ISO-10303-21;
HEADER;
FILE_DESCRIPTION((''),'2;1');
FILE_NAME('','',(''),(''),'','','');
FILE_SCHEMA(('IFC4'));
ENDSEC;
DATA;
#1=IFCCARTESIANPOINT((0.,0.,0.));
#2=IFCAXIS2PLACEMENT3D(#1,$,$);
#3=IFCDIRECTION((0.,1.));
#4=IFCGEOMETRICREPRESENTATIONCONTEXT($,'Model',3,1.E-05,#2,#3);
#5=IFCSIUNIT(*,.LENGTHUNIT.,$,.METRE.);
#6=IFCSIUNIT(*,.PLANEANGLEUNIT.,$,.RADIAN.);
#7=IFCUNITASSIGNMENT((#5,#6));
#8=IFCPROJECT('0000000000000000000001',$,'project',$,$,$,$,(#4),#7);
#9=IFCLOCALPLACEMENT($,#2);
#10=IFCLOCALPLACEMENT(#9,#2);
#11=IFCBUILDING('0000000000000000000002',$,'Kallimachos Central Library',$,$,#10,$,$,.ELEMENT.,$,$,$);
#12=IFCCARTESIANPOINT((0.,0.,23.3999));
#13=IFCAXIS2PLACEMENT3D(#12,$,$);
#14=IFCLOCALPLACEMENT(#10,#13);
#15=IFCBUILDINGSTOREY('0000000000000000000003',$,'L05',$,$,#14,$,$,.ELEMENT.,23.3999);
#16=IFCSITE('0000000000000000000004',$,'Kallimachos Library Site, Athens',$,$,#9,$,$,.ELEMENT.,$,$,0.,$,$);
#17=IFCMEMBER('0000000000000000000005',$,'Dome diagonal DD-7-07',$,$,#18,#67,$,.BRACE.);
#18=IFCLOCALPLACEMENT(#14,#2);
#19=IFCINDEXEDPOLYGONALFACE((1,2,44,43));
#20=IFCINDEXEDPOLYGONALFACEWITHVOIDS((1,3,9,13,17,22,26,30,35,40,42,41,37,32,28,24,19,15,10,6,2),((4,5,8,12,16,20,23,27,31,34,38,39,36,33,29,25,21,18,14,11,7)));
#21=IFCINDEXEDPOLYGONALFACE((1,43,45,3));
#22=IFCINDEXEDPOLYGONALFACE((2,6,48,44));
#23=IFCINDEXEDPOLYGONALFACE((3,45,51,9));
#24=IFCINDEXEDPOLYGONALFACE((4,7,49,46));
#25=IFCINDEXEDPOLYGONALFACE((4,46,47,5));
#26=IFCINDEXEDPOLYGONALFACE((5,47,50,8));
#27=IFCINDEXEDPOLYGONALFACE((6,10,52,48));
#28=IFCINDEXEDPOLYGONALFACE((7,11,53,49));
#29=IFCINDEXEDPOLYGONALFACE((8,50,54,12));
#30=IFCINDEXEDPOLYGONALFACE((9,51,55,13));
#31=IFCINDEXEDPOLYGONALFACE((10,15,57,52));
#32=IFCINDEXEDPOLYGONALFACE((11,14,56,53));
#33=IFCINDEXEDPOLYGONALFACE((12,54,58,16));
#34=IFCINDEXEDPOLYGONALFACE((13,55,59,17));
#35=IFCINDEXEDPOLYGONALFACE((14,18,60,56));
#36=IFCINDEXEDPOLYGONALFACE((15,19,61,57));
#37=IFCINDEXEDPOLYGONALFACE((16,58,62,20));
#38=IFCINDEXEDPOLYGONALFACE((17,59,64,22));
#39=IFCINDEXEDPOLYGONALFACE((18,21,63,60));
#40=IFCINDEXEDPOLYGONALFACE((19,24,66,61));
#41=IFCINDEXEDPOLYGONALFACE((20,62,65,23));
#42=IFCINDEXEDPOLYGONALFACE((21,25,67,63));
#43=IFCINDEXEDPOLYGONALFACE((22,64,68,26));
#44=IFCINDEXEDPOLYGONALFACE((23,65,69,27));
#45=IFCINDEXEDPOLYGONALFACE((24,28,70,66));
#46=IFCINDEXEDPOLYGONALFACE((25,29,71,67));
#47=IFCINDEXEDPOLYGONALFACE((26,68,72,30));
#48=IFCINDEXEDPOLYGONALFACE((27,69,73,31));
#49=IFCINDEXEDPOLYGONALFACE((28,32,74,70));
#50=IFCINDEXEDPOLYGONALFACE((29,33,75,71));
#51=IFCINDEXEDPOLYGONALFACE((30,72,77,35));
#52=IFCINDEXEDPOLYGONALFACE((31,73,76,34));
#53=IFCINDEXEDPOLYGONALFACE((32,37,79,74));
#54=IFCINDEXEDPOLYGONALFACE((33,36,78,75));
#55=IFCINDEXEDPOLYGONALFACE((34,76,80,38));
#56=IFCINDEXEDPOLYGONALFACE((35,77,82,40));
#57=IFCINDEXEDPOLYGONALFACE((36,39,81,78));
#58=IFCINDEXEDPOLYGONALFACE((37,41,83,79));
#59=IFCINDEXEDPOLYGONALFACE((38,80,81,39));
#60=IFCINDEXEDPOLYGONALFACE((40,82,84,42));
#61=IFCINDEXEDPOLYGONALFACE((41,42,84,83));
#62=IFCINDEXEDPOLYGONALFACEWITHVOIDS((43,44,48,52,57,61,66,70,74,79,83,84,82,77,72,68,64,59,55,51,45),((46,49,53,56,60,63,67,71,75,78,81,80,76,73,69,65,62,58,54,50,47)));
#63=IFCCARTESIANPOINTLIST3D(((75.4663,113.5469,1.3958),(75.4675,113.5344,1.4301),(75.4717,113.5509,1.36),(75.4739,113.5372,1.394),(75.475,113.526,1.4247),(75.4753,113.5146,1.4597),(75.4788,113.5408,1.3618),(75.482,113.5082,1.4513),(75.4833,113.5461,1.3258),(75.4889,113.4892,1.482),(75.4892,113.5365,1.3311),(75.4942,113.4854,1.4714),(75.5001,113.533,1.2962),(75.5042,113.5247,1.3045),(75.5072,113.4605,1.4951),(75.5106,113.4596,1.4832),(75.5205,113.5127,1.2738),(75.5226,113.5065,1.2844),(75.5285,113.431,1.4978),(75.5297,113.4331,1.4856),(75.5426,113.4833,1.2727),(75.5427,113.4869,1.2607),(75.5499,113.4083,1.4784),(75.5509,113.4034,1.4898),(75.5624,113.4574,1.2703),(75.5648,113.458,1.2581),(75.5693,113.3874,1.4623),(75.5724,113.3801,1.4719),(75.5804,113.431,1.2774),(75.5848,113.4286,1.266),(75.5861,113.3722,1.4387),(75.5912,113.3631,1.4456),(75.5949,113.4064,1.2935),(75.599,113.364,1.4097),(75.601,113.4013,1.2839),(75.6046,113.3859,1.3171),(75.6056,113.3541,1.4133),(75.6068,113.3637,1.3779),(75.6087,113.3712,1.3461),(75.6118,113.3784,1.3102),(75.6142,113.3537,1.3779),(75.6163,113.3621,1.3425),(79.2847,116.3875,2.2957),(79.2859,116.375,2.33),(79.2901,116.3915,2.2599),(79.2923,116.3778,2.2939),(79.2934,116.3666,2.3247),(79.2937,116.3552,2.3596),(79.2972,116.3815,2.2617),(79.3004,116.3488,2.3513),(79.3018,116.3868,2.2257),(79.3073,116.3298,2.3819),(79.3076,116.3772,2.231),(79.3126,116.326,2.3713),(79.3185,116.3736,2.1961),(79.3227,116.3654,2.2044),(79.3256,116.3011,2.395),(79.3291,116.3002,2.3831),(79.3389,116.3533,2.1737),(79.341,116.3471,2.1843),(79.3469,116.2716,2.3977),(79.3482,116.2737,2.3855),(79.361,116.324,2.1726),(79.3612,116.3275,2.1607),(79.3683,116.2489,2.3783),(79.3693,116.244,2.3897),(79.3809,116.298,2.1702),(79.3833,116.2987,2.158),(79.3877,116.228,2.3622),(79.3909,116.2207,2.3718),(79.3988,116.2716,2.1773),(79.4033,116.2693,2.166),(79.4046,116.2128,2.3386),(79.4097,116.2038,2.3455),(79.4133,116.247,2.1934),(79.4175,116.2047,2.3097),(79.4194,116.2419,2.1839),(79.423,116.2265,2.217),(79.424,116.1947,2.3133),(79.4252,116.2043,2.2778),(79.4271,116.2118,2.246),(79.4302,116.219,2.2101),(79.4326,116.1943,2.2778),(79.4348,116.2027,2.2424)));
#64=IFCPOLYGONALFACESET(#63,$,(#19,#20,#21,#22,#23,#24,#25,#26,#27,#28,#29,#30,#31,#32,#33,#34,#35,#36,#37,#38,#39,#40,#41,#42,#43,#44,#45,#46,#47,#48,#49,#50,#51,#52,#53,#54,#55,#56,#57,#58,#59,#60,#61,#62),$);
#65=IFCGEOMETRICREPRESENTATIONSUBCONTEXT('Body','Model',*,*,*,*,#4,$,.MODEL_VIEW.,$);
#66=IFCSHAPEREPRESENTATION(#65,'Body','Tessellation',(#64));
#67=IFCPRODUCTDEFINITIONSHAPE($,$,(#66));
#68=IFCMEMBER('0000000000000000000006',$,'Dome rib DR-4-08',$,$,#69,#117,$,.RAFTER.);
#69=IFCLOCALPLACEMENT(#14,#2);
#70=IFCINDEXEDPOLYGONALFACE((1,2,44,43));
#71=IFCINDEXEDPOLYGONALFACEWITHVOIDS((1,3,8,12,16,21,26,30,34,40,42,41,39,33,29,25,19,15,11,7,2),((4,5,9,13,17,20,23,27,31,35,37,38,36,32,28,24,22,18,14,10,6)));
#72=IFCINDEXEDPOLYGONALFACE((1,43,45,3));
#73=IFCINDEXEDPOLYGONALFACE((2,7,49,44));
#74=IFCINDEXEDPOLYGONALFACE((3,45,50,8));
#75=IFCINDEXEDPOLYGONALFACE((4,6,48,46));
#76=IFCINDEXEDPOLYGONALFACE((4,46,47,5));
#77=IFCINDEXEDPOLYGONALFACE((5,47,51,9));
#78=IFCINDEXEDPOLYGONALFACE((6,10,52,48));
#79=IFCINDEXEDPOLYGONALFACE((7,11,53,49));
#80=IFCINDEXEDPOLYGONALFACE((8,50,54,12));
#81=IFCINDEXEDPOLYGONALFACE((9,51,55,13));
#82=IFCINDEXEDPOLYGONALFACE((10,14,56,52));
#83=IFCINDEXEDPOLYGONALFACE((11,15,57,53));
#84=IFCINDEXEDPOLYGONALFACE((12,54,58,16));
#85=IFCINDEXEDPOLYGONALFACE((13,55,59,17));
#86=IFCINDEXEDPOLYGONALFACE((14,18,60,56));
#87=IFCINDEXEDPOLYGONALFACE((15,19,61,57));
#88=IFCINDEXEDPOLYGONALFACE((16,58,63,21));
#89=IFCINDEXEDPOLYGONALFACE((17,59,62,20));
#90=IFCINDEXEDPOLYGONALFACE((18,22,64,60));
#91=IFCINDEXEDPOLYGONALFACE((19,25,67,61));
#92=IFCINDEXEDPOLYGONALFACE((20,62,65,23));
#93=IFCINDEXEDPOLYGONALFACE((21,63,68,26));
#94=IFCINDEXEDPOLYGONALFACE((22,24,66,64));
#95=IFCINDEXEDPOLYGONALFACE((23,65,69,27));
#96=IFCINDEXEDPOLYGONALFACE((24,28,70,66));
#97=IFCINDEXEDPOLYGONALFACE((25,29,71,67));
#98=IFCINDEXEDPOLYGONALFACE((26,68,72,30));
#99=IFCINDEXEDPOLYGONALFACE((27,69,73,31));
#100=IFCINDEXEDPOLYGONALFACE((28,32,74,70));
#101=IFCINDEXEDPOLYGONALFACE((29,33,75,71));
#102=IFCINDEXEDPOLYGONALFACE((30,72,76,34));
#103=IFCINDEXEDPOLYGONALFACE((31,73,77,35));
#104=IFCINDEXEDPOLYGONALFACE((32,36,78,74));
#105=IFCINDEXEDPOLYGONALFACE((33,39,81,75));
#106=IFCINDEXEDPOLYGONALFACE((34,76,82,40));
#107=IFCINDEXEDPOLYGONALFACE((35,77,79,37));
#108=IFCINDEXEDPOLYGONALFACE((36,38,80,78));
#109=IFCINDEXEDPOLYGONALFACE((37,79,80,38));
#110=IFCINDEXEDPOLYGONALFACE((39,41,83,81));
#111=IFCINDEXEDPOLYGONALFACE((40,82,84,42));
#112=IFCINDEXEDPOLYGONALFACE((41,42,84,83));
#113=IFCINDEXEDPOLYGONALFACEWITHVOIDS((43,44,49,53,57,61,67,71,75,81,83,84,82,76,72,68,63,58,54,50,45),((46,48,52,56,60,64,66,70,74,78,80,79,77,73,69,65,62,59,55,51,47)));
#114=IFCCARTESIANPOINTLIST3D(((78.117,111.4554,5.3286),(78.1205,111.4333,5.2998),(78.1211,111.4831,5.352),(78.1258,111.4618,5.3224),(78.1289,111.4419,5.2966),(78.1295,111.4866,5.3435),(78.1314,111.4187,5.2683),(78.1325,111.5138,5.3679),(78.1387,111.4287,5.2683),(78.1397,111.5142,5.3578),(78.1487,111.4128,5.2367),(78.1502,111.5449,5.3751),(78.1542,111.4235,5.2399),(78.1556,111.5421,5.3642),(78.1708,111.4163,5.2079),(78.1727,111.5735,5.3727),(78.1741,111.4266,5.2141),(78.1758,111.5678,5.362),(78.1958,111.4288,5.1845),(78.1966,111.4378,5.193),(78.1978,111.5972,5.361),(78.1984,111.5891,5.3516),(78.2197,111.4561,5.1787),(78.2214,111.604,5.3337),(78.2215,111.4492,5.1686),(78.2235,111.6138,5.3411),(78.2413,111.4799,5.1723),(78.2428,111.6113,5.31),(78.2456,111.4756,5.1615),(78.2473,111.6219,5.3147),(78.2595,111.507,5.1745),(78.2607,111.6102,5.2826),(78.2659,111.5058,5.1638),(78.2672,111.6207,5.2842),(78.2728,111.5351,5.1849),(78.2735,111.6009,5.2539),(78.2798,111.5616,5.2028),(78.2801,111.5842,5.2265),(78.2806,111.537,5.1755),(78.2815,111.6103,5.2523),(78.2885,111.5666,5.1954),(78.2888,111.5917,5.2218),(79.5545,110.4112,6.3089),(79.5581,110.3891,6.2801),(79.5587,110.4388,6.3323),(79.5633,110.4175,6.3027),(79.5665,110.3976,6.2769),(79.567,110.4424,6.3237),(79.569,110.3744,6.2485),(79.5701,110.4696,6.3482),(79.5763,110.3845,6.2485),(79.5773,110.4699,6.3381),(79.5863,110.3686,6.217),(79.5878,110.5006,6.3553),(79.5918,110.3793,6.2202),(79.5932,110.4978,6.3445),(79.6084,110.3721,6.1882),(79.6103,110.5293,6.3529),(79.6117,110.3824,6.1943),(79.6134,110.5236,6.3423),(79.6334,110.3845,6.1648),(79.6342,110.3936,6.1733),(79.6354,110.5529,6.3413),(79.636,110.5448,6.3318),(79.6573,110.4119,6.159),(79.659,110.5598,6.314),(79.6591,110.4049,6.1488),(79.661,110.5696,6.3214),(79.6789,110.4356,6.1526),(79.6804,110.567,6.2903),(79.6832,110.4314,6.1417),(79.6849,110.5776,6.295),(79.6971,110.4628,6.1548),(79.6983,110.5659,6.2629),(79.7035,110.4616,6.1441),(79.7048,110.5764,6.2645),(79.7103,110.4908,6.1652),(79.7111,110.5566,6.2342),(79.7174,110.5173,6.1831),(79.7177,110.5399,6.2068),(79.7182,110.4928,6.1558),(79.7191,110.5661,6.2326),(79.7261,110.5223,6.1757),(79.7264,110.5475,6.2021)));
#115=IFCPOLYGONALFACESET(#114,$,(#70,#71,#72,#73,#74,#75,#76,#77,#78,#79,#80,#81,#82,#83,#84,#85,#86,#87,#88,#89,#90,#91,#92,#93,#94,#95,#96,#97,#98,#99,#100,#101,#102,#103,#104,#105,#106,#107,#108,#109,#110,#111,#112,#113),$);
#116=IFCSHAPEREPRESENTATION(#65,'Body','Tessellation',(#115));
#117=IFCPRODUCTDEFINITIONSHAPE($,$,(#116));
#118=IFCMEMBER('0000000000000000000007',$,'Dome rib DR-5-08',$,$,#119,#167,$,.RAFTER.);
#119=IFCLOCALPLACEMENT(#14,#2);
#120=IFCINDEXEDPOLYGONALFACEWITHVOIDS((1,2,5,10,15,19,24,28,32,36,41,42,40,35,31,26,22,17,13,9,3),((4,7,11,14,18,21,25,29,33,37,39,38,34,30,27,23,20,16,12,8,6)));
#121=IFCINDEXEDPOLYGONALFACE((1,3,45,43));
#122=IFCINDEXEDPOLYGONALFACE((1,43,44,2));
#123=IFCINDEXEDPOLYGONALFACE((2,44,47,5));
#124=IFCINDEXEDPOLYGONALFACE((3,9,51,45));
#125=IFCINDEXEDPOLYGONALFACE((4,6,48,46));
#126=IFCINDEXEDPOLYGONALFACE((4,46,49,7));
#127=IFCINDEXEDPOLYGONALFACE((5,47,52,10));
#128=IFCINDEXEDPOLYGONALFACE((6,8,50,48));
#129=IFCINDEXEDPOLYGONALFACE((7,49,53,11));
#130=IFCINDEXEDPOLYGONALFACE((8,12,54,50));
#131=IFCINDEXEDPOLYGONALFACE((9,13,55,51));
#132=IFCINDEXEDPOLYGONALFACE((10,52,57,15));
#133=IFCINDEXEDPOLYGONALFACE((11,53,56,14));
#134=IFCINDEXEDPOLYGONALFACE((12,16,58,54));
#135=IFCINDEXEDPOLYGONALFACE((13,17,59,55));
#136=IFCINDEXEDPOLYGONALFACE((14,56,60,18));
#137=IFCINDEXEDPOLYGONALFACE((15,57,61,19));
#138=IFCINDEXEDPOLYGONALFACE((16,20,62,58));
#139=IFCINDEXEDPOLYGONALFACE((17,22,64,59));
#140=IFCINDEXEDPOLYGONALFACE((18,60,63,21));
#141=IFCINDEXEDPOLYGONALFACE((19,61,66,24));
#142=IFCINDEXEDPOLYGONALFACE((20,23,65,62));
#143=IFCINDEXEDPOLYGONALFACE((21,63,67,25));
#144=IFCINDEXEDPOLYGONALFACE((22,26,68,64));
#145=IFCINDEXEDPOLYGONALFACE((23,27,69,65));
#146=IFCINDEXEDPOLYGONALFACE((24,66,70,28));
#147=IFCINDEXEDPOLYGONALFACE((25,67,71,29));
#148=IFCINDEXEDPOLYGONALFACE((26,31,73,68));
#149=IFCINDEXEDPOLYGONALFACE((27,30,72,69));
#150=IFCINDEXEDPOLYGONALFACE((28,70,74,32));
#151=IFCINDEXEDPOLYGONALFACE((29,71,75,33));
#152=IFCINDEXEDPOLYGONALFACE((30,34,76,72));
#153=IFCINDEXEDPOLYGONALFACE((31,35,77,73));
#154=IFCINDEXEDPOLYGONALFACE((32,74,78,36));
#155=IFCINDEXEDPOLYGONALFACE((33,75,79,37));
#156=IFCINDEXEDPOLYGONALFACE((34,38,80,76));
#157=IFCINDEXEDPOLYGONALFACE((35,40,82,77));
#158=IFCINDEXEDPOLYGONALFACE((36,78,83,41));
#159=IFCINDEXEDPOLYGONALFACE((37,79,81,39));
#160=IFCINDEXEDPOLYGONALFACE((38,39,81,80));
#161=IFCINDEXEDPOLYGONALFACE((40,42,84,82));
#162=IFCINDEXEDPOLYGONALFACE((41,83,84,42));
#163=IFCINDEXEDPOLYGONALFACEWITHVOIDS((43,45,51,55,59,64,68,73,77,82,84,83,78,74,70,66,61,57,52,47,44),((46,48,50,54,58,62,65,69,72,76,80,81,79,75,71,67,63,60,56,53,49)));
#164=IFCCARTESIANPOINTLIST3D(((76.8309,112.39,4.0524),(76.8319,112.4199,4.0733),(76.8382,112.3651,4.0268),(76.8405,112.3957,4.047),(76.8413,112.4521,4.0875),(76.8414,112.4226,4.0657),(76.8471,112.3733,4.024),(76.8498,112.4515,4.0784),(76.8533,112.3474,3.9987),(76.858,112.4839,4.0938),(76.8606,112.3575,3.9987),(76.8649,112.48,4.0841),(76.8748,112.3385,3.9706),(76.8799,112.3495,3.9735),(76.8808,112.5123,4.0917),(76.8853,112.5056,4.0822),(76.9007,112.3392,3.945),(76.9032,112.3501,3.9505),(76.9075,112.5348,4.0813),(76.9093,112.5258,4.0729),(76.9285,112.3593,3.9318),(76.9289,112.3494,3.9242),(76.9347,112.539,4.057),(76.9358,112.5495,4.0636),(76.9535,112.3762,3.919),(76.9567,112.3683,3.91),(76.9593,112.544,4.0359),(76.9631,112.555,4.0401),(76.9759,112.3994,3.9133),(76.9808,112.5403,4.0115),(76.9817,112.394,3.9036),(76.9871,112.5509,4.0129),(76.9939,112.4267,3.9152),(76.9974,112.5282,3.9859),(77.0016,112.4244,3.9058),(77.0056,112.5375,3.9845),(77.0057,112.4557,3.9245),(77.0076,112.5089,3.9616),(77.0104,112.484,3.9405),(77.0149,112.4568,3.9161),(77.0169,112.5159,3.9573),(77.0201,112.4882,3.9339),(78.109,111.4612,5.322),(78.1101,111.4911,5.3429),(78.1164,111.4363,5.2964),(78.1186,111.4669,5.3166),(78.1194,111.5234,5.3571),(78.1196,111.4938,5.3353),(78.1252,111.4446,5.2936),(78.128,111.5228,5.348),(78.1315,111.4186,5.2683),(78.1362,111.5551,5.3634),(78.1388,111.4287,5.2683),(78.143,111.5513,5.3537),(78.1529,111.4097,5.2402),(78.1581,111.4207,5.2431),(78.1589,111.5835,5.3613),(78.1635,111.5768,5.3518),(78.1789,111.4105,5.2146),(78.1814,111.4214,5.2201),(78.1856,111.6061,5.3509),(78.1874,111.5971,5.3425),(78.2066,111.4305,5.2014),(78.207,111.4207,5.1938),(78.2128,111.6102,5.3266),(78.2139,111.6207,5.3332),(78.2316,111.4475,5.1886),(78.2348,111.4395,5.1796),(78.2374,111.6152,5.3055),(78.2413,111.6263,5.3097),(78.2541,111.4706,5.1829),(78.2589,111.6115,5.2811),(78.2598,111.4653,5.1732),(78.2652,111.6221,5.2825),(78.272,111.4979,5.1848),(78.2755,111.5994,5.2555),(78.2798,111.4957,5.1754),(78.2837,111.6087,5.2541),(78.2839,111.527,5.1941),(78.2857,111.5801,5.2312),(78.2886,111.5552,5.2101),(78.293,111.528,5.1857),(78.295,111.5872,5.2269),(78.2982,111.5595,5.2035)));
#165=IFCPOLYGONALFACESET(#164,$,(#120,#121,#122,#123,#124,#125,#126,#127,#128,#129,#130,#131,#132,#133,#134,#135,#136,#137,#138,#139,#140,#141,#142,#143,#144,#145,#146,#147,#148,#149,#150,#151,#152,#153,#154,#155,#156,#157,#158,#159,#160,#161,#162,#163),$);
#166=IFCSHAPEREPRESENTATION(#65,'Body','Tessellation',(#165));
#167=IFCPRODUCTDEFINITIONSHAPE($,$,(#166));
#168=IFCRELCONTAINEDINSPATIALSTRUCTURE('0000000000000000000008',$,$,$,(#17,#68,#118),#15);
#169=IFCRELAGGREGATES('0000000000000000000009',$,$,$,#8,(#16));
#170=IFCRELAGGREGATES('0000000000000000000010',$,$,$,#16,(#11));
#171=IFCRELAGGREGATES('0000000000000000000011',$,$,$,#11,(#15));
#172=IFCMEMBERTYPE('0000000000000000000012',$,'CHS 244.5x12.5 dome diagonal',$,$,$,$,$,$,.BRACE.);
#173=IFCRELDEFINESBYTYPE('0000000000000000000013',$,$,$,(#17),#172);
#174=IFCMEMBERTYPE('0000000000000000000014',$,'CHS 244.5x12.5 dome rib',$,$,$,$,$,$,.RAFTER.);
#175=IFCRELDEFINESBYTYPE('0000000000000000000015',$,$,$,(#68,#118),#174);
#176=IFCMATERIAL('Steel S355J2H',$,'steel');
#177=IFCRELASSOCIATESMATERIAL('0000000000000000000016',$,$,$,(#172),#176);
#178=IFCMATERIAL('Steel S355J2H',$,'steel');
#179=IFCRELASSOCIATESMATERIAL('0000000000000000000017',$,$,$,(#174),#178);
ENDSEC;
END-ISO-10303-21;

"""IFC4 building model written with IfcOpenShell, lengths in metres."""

from ifc_helpers import new_model, si_unit, direction, frame, origin, origin_2d, place, context, subcontext, project, spatial, hollow_circle, extrude, material, material_profile, profile_set, type_object, element, save


model = new_model("IFC4")

# Units and contexts
model_context = context("Model", 3, precision=1e-05, world=origin(), true_north=direction((0.0, 1.0)))
body_context = subcontext(model_context, "Body", "Model", "MODEL_VIEW")
ifc_project = project(units=[si_unit("LENGTHUNIT", "METRE"), si_unit("PLANEANGLEUNIT", "RADIAN")], contexts=[model_context])

# Site, building, storey
site_placement = place(None, origin())
site = spatial("IfcSite", under=ifc_project, at=site_placement, Name="Kallimachos Library Site, Athens", CompositionType="ELEMENT", RefElevation=0.0)
building_placement = place(site_placement, origin())
building = spatial("IfcBuilding", under=site, at=building_placement, Name="Kallimachos Central Library", CompositionType="ELEMENT")
storey_placement = place(building_placement, frame((0.0, 0.0, 23.3999)))
storey = spatial("IfcBuildingStorey", under=building, at=storey_placement, Name="L05", CompositionType="ELEMENT", Elevation=23.3999)

# Members
ifc_material_1 = material(Name="Steel S355J2H", Category="steel")
ifc_material_profile_1 = material_profile(ifc_material_1, hollow_circle(Radius=0.1223, WallThickness=0.0125, at=origin_2d()), Name="CHS 244.5x12.5")
ifc_profile_set_1 = profile_set([ifc_material_profile_1], Name="Steel S355J2H")
member_type_1 = type_object("IfcMemberType", Name="CHS 244.5x12.5 dome diagonal", PredefinedType="BRACE", material=ifc_profile_set_1)
member_1_placement = place(storey_placement, frame((79.3596, 116.2925, 2.2778), z_axis=(-0.788363, -0.586483, -0.1858), x_axis=(0.596876, -0.802333, 0.0)))
element("IfcMember", 1, at=member_1_placement, inside=storey, type_object=member_type_1, Name="Dome diagonal DD-7-07", PredefinedType="BRACE", context=body_context, shape_type="SweptSolid", body=[
    extrude(hollow_circle(Radius=0.1223, WallThickness=0.0125, at=origin_2d()), origin(), (0.0, 0.0, 1.0), 4.8435),
])
ifc_material_2 = material(Name="Steel S355J2H", Category="steel")
ifc_material_profile_2 = material_profile(ifc_material_2, hollow_circle(Radius=0.1223, WallThickness=0.0125, at=origin_2d()), Name="CHS 244.5x12.5")
ifc_profile_set_2 = profile_set([ifc_material_profile_2], Name="Steel S355J2H")
member_type_2 = type_object("IfcMemberType", Name="CHS 244.5x12.5 dome rib", PredefinedType="RAFTER", material=ifc_profile_set_2)
member_2_placement = place(storey_placement, frame((79.6409, 110.4734, 6.2485), z_axis=(-0.708414, 0.514586, -0.483064), x_axis=(-0.587706, -0.809075, 0.0)))
element("IfcMember", 2, at=member_2_placement, inside=storey, type_object=member_type_2, Name="Dome rib DR-4-08", PredefinedType="RAFTER", context=body_context, shape_type="SweptSolid", body=[
    extrude(hollow_circle(Radius=0.1223, WallThickness=0.0125, at=origin_2d()), origin(), (0.0, 0.0, 1.0), 2.0293),
])
member_3_placement = place(storey_placement, frame((78.2034, 111.5176, 5.2683), z_axis=(-0.630606, 0.458228, -0.626389), x_axis=(-0.587841, -0.808977, 0.0)))
element("IfcMember", 3, at=member_3_placement, inside=storey, type_object=member_type_2, Name="Dome rib DR-5-08", PredefinedType="RAFTER", context=body_context, shape_type="SweptSolid", body=[
    extrude(hollow_circle(Radius=0.1223, WallThickness=0.0125, at=origin_2d()), origin(), (0.0, 0.0, 1.0), 2.0269),
])

save(model, "model.ifc")
